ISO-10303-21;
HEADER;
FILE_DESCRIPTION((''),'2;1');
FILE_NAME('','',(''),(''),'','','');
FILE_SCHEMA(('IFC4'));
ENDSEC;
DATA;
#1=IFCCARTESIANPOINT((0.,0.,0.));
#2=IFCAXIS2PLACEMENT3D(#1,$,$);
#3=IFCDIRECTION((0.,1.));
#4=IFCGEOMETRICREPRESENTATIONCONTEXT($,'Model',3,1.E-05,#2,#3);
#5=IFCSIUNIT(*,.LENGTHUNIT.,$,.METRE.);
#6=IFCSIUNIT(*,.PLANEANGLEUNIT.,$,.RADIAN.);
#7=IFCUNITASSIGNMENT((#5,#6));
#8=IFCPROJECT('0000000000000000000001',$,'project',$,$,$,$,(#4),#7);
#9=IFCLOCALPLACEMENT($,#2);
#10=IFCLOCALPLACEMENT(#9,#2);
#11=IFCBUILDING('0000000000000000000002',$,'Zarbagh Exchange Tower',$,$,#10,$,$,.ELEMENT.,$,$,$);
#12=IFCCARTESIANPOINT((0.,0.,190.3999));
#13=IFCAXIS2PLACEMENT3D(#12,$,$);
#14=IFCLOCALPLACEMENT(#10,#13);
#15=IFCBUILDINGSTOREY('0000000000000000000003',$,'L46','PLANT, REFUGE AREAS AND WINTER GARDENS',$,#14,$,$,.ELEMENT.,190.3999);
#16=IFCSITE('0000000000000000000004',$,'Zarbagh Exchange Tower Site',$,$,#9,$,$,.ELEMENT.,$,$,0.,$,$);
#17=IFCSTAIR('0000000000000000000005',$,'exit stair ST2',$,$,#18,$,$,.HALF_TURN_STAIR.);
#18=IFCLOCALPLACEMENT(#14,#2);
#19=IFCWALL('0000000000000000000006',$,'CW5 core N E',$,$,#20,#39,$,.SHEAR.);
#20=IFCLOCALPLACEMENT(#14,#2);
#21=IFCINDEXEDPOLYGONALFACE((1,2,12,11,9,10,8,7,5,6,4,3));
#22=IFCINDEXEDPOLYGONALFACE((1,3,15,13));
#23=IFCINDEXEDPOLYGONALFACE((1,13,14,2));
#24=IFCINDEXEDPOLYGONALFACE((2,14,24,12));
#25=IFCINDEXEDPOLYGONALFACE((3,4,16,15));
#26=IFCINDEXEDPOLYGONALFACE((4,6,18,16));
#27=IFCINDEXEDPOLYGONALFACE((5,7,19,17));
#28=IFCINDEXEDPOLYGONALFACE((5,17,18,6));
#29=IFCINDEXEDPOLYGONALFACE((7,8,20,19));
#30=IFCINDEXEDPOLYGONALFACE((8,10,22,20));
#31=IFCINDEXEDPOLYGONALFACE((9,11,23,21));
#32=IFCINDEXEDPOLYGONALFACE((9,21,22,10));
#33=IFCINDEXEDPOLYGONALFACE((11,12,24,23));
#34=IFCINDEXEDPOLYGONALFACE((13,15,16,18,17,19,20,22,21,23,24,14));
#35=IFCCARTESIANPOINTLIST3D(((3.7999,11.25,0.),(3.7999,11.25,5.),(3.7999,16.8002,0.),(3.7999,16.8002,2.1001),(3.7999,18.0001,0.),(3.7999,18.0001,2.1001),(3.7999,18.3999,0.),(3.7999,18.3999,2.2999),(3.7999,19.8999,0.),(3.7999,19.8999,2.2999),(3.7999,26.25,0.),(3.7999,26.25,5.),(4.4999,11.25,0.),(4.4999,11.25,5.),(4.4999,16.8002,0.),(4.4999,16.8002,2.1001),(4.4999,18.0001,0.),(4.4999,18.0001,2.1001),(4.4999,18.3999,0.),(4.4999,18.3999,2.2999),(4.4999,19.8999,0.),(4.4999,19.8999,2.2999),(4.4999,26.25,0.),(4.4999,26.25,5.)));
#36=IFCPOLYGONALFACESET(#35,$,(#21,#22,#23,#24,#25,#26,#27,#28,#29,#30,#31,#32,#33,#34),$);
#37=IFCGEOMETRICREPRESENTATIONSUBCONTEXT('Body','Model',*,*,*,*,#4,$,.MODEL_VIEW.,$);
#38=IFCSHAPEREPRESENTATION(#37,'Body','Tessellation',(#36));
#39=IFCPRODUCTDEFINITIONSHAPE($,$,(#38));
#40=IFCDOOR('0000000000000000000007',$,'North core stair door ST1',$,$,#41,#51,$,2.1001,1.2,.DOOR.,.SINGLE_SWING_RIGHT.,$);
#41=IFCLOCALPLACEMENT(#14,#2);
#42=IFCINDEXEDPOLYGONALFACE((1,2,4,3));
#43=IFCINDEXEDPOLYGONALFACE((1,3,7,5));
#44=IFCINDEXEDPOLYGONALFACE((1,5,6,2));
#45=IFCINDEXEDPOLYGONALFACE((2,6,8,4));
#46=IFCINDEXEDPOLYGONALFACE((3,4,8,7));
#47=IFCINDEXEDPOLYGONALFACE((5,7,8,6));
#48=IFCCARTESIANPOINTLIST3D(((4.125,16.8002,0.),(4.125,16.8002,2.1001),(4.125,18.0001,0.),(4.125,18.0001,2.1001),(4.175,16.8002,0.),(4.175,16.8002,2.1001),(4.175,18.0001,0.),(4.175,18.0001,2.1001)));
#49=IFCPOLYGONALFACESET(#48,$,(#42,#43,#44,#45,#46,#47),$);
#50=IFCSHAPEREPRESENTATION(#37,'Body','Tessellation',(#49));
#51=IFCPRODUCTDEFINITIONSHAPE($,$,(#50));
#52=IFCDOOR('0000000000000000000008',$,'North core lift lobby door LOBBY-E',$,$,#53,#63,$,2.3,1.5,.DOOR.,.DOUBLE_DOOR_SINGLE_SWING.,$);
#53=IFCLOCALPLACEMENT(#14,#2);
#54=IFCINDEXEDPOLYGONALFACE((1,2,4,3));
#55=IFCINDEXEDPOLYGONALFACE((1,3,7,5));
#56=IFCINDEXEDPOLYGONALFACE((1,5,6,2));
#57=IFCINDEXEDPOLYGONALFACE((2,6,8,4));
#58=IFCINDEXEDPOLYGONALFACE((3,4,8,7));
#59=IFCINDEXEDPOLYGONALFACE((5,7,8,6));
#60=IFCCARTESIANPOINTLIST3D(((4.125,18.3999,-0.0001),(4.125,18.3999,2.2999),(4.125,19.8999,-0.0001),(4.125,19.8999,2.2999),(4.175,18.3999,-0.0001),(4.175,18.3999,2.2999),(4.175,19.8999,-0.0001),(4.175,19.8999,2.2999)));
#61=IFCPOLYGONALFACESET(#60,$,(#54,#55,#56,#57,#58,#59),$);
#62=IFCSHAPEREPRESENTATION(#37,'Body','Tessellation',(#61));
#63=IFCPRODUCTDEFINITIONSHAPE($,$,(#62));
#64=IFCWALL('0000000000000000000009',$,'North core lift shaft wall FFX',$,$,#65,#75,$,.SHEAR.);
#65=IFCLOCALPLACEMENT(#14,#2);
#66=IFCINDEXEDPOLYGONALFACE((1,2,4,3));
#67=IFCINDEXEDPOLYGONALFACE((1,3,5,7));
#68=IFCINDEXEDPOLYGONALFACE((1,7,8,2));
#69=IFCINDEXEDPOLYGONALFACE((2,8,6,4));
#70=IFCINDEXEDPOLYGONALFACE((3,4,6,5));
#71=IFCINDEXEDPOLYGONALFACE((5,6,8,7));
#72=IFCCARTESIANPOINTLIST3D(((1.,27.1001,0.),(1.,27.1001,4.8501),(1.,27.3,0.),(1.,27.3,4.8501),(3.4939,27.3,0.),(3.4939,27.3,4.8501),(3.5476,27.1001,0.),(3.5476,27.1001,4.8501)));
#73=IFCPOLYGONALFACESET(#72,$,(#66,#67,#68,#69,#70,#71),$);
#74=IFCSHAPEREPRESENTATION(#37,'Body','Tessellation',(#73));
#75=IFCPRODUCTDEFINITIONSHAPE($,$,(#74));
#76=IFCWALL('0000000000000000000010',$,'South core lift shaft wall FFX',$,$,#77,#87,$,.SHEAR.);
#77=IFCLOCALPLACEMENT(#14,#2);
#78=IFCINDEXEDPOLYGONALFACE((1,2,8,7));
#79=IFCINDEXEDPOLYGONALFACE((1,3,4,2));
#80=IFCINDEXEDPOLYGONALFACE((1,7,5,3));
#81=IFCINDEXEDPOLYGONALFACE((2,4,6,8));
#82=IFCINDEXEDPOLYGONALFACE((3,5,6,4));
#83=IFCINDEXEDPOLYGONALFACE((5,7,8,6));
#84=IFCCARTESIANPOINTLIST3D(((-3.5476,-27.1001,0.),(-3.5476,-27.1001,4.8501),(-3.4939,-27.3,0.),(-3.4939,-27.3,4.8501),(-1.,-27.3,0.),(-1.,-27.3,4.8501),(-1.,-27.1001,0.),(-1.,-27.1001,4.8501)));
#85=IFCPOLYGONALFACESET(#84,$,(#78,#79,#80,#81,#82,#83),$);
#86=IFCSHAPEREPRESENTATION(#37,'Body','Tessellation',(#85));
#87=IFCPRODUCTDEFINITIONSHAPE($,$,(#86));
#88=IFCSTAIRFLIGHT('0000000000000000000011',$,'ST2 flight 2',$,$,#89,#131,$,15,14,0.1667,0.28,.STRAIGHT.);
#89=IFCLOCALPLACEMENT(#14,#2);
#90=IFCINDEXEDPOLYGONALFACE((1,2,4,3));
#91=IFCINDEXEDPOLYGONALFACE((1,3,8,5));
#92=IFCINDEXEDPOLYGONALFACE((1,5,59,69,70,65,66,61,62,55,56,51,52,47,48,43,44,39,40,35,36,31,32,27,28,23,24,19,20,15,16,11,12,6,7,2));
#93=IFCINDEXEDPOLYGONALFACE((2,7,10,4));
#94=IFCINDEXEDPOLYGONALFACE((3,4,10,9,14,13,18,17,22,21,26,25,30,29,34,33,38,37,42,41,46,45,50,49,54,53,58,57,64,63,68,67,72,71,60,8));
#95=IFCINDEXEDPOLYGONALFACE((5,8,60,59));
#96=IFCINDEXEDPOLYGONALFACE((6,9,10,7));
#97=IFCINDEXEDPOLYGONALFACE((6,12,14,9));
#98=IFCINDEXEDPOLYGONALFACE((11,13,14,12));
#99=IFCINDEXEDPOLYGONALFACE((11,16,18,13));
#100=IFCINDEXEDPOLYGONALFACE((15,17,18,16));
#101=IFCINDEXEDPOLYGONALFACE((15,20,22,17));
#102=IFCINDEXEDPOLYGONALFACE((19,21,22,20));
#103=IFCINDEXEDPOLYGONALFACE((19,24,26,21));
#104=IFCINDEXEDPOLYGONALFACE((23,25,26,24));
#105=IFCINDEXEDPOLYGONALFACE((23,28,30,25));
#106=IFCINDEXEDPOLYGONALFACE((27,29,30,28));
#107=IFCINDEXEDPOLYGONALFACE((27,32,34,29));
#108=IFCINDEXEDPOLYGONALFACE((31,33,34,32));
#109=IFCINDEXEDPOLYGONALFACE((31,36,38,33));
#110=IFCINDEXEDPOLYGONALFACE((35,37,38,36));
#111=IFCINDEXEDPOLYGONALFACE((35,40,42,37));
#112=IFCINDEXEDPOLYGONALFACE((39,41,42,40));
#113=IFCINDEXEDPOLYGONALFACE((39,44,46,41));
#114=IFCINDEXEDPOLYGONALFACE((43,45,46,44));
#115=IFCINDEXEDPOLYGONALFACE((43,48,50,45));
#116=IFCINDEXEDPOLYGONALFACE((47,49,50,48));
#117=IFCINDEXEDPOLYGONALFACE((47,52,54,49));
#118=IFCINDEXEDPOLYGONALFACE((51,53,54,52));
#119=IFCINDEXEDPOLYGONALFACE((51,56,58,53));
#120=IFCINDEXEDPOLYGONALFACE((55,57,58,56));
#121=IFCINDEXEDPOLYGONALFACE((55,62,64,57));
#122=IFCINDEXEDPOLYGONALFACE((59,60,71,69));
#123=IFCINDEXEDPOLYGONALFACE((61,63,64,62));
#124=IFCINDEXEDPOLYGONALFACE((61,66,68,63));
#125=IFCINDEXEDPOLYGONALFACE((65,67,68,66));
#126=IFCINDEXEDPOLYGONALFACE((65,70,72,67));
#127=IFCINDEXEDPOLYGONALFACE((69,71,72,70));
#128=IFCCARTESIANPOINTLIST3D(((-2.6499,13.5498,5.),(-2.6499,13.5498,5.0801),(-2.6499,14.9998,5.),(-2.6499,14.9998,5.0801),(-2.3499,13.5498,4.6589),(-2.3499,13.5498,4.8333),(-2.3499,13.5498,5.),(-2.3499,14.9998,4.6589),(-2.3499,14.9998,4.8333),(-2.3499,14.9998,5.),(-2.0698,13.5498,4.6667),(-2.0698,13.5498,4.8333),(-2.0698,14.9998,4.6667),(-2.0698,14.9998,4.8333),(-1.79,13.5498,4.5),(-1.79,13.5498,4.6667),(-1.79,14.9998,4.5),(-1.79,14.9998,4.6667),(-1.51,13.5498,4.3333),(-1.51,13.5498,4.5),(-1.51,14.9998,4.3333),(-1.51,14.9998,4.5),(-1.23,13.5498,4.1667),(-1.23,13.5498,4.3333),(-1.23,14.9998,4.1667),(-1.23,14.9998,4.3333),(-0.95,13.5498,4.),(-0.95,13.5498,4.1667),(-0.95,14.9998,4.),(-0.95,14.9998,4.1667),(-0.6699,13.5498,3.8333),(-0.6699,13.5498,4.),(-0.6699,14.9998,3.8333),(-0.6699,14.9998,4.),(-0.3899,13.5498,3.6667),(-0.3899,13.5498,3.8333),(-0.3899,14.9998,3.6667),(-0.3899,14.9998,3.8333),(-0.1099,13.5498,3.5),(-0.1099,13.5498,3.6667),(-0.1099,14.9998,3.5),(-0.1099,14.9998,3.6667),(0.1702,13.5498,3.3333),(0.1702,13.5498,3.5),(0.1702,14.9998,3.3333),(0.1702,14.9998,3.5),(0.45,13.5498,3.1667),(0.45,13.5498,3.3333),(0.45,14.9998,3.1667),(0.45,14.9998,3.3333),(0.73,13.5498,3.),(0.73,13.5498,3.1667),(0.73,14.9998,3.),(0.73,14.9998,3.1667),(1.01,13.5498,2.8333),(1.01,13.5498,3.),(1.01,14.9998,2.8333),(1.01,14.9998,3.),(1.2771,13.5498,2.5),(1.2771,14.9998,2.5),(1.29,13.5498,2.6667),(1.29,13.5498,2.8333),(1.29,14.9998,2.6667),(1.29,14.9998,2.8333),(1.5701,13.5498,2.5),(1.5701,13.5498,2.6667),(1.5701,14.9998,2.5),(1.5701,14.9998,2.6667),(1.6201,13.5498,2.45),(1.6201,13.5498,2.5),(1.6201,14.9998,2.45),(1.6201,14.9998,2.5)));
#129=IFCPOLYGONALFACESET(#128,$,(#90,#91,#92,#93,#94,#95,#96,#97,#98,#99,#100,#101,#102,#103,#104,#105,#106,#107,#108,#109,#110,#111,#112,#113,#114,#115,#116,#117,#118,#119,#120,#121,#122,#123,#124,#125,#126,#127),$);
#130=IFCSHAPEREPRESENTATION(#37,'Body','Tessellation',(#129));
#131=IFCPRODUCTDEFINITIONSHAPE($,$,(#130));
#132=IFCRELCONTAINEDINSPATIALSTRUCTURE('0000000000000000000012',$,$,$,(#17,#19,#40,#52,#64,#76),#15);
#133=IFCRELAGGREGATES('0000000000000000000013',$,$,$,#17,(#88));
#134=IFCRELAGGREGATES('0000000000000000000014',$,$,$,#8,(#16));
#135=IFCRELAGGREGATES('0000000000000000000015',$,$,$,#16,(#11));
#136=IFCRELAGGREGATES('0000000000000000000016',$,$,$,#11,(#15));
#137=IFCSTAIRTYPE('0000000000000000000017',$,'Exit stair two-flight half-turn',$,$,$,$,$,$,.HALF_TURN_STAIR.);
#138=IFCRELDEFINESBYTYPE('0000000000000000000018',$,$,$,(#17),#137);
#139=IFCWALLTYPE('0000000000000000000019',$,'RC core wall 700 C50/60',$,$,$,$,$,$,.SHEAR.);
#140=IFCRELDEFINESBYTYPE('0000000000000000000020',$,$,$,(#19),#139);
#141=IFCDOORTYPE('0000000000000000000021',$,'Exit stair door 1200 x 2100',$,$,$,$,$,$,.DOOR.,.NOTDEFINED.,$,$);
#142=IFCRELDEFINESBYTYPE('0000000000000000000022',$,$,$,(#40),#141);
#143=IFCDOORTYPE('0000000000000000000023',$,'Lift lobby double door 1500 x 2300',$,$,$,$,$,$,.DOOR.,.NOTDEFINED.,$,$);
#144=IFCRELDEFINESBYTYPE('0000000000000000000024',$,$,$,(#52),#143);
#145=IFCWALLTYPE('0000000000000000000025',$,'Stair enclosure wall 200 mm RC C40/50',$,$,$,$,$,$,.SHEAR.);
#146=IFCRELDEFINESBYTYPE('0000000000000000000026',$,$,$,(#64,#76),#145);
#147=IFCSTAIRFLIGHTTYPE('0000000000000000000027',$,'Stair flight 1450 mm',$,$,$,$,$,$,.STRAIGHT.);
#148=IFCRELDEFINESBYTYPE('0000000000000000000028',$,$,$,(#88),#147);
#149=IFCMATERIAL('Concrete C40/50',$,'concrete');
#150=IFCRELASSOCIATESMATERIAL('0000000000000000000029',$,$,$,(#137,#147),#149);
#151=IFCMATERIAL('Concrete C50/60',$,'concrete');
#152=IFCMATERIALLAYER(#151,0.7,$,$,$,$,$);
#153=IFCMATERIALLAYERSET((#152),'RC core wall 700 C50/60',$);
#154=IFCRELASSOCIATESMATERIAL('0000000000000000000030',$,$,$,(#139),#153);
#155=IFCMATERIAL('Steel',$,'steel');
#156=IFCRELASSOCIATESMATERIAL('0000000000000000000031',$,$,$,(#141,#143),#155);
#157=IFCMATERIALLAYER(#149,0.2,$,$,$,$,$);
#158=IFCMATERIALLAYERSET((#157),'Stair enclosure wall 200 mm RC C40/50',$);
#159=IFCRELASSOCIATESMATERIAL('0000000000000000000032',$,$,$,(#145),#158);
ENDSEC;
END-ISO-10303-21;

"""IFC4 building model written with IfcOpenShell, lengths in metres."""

from ifc_helpers import new_model, si_unit, direction, frame, frame_2d, origin, place, context, subcontext, project, spatial, polyline, rectangle, outline, extrude, material, layer, layer_set, type_object, element, fill, aggregate, save


model = new_model("IFC4")

# Units and contexts
model_context = context("Model", 3, precision=1e-05, world=origin(), true_north=direction((0.0, 1.0)))
body_context = subcontext(model_context, "Body", "Model", "MODEL_VIEW")
ifc_project = project(units=[si_unit("LENGTHUNIT", "METRE"), si_unit("PLANEANGLEUNIT", "RADIAN")], contexts=[model_context])

# Site, building, storey
site_placement = place(None, origin())
site = spatial("IfcSite", under=ifc_project, at=site_placement, Name="Zarbagh Exchange Tower Site", CompositionType="ELEMENT", RefElevation=0.0)
building_placement = place(site_placement, origin())
building = spatial("IfcBuilding", under=site, at=building_placement, Name="Zarbagh Exchange Tower", CompositionType="ELEMENT")
storey_placement = place(building_placement, frame((0.0, 0.0, 190.3999)))
storey = spatial("IfcBuildingStorey", under=building, at=storey_placement, Name="L46", Description="PLANT, REFUGE AREAS AND WINTER GARDENS", CompositionType="ELEMENT", Elevation=190.3999)

# Shared definitions
ifc_material_1 = material(Name="Concrete C50/60", Category="concrete")

# Stair
ifc_material_2 = material(Name="Concrete C40/50", Category="concrete")
stair_type = type_object("IfcStairType", Name="Exit stair two-flight half-turn", PredefinedType="HALF_TURN_STAIR", material=ifc_material_2)
stair_1_placement = place(storey_placement, origin())
stair_1 = element("IfcStair", 1, at=stair_1_placement, inside=storey, type_object=stair_type, Name="exit stair ST2", PredefinedType="HALF_TURN_STAIR")

# Wall, openings, doors
ifc_layer_1 = layer(ifc_material_1, 0.7)
ifc_layer_set_1 = layer_set([ifc_layer_1], Name="RC core wall 700 C50/60")
wall_type_1 = type_object("IfcWallType", Name="RC core wall 700 C50/60", PredefinedType="SHEAR", material=ifc_layer_set_1)
wall_1_placement = place(storey_placement, frame((4.1499, 11.25, 0.0), z_axis=(0.0, 0.0, 1.0), x_axis=(0.0, 1.0, 0.0)))
wall_1 = element("IfcWall", 2, at=wall_1_placement, inside=storey, type_object=wall_type_1, Name="CW5 core N E", PredefinedType="SHEAR", context=body_context, shape_type="SweptSolid", body=[
    extrude(rectangle(XDim=15.0, YDim=0.7, at=frame_2d((7.5, 0.0))), origin(), (0.0, 0.0, 1.0), 5.0),
])
opening_1_placement = place(wall_1_placement, frame((7.1499, 0.0, 0.0)))
opening_1 = element("IfcOpeningElement", 3, at=opening_1_placement, cuts=wall_1, PredefinedType="OPENING", context=body_context, shape_type="SweptSolid", body=[
    extrude(rectangle(XDim=1.5, YDim=2.3, at=frame_2d((0.75, 1.1499))), frame((0.0, 0.3599, 0.0), z_axis=(0.0, -1.0, 0.0), x_axis=(1.0, 0.0, 0.0)), (0.0, 0.0, 1.0), 0.72),
])
opening_2_placement = place(wall_1_placement, frame((5.55, 0.0, 0.0)))
opening_2 = element("IfcOpeningElement", 4, at=opening_2_placement, cuts=wall_1, PredefinedType="OPENING", context=body_context, shape_type="SweptSolid", body=[
    extrude(rectangle(XDim=1.2, YDim=2.1001, at=frame_2d((0.6001, 1.05))), frame((0.0, 0.3599, 0.0), z_axis=(0.0, -1.0, 0.0), x_axis=(1.0, 0.0, 0.0)), (0.0, 0.0, 1.0), 0.72),
])
ifc_material_3 = material(Name="Steel", Category="steel")
door_type_1 = type_object("IfcDoorType", Name="Exit stair door 1200 x 2100", OperationType="NOTDEFINED", PredefinedType="DOOR", material=ifc_material_3)
door_1_placement = place(opening_2_placement, origin())
door_1 = element("IfcDoor", 5, at=door_1_placement, inside=storey, type_object=door_type_1, Name="North core stair door ST1", OperationType="SINGLE_SWING_RIGHT", OverallHeight=2.1001, OverallWidth=1.2, PredefinedType="DOOR", context=body_context, shape_type="SweptSolid", body=[
    extrude(rectangle(XDim=1.2, YDim=2.1001, at=frame_2d((0.6001, 1.05))), frame((0.0, 0.0249, 0.0), z_axis=(0.0, -1.0, 0.0), x_axis=(1.0, 0.0, 0.0)), (0.0, 0.0, 1.0), 0.05),
])
fill(opening_2, door_1)
door_type_2 = type_object("IfcDoorType", Name="Lift lobby double door 1500 x 2300", OperationType="NOTDEFINED", PredefinedType="DOOR", material=ifc_material_3)
door_2_placement = place(opening_1_placement, origin())
door_2 = element("IfcDoor", 6, at=door_2_placement, inside=storey, type_object=door_type_2, Name="North core lift lobby door LOBBY-E", OperationType="DOUBLE_DOOR_SINGLE_SWING", OverallHeight=2.3, OverallWidth=1.5, PredefinedType="DOOR", context=body_context, shape_type="SweptSolid", body=[
    extrude(rectangle(XDim=1.5, YDim=2.3, at=frame_2d((0.75, 1.1499))), frame((0.0, 0.0249, 0.0), z_axis=(0.0, -1.0, 0.0), x_axis=(1.0, 0.0, 0.0)), (0.0, 0.0, 1.0), 0.05),
])
fill(opening_1, door_2)

# Walls
ifc_layer_2 = layer(ifc_material_2, 0.2)
ifc_layer_set_2 = layer_set([ifc_layer_2], Name="Stair enclosure wall 200 mm RC C40/50")
wall_type_2 = type_object("IfcWallType", Name="Stair enclosure wall 200 mm RC C40/50", PredefinedType="SHEAR", material=ifc_layer_set_2)
wall_2_placement = place(storey_placement, origin())
element("IfcWall", 7, at=wall_2_placement, inside=storey, type_object=wall_type_2, Name="North core lift shaft wall FFX", PredefinedType="SHEAR", context=body_context, shape_type="SweptSolid", body=[
    extrude(outline(polyline([(1.0, 27.1001), (3.5476, 27.1001), (3.4939, 27.3), (1.0, 27.3), (1.0, 27.1001)])), origin(), (0.0, 0.0, 1.0), 4.8501),
])
wall_3_placement = place(storey_placement, origin())
element("IfcWall", 8, at=wall_3_placement, inside=storey, type_object=wall_type_2, Name="South core lift shaft wall FFX", PredefinedType="SHEAR", context=body_context, shape_type="SweptSolid", body=[
    extrude(outline(polyline([(-1.0, -27.1001), (-3.5476, -27.1001), (-3.4939, -27.3), (-1.0, -27.3), (-1.0, -27.1001)])), origin(), (0.0, 0.0, 1.0), 4.8501),
])

# Stair flight
stair_flight_type = type_object("IfcStairFlightType", Name="Stair flight 1450 mm", PredefinedType="STRAIGHT", material=ifc_material_2)
stair_flight_placement = place(storey_placement, frame((1.5701, 14.2749, 2.5), z_axis=(0.0, 0.0, 1.0), x_axis=(-1.0, 0.0, 0.0)))
stair_flight = element("IfcStairFlight", 9, at=stair_flight_placement, type_object=stair_flight_type, Name="ST2 flight 2", NumberOfRisers=15, NumberOfTreads=14, PredefinedType="STRAIGHT", RiserHeight=0.1667, TreadLength=0.28, context=body_context, shape_type="SweptSolid", body=[
    extrude(outline(polyline([(-0.05, -0.05), (-0.05, 0.0), (0.0, 0.0), (0.0, 0.1667), (0.28, 0.1667), (0.28, 0.3333), (0.5601, 0.3333), (0.5601, 0.5), (0.8401, 0.5), (0.8401, 0.6667), (1.1201, 0.6667), (1.1201, 0.8333), (1.3999, 0.8333), (1.3999, 1.0), (1.6799, 1.0), (1.6799, 1.1667), (1.96, 1.1667), (1.96, 1.3333), (2.24, 1.3333), (2.24, 1.5), (2.52, 1.5), (2.52, 1.6667), (2.8, 1.6667), (2.8, 1.8333), (3.0801, 1.8333), (3.0801, 2.0), (3.3601, 2.0), (3.3601, 2.1667), (3.6399, 2.1667), (3.6399, 2.3333), (3.9199, 2.3333), (3.9199, 2.5), (4.22, 2.5801), (4.22, 2.5), (3.9199, 2.1589), (0.293, 0.0), (-0.05, -0.05)])), frame((0.0, 0.7251, 0.0), z_axis=(0.0, -1.0, 0.0), x_axis=(1.0, 0.0, 0.0)), (0.0, 0.0, 1.0), 1.45),
])
aggregate(stair_1, [stair_flight])

save(model, "model.ifc")
